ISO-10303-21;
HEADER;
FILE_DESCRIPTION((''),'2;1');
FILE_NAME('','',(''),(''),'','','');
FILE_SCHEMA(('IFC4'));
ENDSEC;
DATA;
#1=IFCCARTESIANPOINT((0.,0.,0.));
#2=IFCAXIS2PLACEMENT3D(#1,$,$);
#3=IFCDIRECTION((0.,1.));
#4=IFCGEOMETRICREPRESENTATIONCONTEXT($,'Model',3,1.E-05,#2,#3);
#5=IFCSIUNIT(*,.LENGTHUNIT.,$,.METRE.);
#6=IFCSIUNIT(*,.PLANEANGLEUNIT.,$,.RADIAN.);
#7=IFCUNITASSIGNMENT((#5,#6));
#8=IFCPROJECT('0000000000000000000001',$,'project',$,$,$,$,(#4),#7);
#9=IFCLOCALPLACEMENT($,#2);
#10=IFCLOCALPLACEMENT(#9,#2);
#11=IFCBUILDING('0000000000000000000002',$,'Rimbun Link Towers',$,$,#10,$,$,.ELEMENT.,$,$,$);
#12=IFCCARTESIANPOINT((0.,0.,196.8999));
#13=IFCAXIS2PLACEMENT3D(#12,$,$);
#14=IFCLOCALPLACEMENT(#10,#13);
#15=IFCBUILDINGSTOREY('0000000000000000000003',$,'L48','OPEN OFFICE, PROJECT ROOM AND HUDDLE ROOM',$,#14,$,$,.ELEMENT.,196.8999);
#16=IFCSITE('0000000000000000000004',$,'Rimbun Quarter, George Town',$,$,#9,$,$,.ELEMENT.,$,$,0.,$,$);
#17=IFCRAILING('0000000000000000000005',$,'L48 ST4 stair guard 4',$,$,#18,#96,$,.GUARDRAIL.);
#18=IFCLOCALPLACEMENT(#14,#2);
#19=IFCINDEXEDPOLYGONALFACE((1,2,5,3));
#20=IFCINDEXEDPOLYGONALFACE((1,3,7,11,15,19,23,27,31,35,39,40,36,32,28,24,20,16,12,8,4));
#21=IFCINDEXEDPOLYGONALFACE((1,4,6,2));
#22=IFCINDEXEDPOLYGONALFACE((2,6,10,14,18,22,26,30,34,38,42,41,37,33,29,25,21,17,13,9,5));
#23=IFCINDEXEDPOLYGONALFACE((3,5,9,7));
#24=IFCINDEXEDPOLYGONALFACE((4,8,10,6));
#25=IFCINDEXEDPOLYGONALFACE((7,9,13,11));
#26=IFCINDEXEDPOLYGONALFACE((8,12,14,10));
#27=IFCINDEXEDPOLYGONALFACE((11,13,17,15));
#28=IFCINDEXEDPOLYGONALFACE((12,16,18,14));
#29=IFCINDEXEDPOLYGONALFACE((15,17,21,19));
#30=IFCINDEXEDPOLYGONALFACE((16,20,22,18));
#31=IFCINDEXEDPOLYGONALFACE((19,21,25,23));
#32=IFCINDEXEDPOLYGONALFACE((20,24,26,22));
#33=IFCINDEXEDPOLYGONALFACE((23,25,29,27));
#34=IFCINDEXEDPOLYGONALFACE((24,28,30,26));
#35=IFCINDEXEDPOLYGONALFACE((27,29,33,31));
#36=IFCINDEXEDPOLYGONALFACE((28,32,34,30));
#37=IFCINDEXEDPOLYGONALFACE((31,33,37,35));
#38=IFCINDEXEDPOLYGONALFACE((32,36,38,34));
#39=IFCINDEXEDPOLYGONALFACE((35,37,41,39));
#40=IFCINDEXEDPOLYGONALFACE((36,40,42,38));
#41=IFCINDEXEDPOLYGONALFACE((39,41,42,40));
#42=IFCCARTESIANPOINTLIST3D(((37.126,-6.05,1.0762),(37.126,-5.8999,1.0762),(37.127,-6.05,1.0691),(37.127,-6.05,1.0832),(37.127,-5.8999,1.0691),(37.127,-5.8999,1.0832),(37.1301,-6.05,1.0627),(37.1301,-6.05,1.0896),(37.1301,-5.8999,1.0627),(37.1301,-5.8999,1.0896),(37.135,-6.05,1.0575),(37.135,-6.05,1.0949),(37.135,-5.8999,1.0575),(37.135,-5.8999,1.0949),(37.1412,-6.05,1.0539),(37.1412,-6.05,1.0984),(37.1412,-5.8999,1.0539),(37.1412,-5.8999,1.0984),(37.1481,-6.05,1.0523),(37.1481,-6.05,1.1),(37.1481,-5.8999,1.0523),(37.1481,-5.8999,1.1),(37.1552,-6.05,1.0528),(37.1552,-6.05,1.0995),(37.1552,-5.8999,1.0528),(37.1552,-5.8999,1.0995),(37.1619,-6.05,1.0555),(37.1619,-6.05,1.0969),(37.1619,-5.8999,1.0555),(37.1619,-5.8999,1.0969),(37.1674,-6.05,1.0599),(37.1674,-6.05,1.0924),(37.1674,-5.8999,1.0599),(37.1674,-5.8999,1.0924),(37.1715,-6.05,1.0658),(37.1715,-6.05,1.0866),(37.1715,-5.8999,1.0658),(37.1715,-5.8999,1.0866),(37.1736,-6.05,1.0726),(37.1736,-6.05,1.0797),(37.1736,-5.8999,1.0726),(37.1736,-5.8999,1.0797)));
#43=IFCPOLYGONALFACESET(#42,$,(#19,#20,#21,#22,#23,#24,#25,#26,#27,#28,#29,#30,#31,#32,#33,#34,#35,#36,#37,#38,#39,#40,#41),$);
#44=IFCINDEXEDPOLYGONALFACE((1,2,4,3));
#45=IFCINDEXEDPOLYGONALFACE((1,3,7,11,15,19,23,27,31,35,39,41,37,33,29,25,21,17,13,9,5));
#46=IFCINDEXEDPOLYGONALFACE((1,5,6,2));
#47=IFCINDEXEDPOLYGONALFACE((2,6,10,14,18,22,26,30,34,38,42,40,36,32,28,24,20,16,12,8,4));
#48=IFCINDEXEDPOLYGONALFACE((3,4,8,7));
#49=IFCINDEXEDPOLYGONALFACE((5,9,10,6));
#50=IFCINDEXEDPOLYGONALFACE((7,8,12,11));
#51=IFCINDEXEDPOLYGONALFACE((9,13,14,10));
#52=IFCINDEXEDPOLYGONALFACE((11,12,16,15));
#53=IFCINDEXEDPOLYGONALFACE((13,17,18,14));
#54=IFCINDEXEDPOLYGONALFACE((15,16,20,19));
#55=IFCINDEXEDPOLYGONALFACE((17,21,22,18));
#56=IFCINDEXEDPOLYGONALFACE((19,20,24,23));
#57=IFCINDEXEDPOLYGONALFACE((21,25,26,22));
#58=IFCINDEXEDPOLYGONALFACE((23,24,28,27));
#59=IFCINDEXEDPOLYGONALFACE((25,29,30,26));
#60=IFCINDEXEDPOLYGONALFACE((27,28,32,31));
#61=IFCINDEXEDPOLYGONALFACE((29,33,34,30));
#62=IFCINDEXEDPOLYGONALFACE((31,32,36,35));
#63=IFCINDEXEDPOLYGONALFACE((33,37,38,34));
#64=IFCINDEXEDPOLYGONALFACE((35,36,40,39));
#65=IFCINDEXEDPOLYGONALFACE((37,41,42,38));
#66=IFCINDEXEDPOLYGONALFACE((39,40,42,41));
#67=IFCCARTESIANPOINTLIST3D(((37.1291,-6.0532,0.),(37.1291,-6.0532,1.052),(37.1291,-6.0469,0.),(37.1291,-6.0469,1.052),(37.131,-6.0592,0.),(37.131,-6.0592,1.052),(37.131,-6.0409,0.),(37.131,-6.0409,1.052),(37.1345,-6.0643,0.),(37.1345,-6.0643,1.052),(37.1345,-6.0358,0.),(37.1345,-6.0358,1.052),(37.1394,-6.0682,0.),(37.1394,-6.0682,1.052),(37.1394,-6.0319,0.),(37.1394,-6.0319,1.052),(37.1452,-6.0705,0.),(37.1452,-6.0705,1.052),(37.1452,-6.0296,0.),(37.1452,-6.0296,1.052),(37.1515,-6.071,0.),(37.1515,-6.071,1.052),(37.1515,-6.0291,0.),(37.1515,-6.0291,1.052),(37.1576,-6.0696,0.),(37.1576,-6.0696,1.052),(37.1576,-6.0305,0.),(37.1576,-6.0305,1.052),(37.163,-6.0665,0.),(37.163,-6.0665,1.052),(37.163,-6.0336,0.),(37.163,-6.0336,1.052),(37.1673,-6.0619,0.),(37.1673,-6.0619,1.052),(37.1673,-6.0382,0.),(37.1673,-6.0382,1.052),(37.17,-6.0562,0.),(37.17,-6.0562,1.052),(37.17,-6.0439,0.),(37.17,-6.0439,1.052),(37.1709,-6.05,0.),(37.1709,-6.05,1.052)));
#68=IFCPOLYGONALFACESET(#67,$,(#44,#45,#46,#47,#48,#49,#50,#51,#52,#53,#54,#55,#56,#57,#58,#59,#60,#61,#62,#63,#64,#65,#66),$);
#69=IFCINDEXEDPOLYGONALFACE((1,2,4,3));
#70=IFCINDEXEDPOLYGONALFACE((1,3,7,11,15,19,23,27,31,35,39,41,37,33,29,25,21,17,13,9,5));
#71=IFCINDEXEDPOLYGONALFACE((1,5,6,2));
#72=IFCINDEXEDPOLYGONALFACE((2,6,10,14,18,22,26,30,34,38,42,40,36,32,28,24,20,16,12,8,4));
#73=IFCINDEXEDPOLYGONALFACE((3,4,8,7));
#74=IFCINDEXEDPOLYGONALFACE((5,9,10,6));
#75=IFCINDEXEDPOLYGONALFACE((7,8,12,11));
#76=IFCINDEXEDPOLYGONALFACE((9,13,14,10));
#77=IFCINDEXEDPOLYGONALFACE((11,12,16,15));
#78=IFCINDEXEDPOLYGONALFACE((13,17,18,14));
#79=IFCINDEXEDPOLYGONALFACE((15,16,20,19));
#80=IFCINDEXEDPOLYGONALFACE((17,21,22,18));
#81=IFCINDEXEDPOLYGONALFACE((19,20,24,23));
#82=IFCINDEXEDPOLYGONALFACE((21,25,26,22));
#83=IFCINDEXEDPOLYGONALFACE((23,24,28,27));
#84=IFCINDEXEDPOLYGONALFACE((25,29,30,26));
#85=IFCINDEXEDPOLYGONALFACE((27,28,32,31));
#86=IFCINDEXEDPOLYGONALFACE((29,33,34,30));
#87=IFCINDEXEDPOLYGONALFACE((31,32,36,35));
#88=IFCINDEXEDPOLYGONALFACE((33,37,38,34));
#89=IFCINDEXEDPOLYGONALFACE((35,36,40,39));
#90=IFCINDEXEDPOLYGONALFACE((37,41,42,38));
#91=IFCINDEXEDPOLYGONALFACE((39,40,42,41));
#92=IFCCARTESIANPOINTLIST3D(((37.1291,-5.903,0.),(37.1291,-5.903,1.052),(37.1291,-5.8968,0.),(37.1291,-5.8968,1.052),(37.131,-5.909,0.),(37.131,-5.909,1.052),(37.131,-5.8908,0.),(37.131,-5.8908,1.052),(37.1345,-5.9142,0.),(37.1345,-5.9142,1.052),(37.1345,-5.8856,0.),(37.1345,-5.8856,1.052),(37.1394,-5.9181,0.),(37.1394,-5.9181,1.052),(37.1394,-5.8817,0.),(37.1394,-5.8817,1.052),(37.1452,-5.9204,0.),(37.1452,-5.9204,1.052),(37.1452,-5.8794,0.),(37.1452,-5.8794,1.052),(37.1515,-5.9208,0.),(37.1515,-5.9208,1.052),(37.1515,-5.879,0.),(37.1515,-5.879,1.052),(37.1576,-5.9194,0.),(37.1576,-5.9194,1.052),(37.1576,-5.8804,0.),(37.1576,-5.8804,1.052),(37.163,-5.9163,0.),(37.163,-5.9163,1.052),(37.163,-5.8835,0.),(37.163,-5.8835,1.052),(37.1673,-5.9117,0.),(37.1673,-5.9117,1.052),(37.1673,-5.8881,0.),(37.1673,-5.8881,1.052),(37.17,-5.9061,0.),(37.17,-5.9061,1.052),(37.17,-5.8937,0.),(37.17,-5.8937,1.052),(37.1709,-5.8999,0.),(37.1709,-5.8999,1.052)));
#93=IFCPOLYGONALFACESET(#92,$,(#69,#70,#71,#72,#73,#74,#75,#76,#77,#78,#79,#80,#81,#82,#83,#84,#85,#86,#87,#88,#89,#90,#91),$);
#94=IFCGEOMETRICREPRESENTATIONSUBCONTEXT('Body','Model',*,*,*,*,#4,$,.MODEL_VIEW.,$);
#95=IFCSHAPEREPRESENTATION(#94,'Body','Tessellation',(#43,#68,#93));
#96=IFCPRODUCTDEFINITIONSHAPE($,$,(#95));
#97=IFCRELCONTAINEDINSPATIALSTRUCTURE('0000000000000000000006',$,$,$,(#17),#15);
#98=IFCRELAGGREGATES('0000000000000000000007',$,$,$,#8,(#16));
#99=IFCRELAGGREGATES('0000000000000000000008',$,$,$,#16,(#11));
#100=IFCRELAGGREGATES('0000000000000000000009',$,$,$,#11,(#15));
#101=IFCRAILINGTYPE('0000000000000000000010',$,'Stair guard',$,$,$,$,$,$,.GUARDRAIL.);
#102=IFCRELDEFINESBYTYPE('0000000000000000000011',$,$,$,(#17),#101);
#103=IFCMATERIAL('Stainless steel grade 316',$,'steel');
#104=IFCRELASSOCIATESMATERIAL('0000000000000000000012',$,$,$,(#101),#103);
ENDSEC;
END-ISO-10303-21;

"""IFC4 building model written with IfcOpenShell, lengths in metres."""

from ifc_helpers import new_model, si_unit, direction, frame, origin, origin_2d, place, context, subcontext, project, spatial, circle, extrude, material, type_object, element, save


model = new_model("IFC4")

# Units and contexts
model_context = context("Model", 3, precision=1e-05, world=origin(), true_north=direction((0.0, 1.0)))
body_context = subcontext(model_context, "Body", "Model", "MODEL_VIEW")
ifc_project = project(units=[si_unit("LENGTHUNIT", "METRE"), si_unit("PLANEANGLEUNIT", "RADIAN")], contexts=[model_context])

# Site, building, storey
site_placement = place(None, origin())
site = spatial("IfcSite", under=ifc_project, at=site_placement, Name="Rimbun Quarter, George Town", CompositionType="ELEMENT", RefElevation=0.0)
building_placement = place(site_placement, origin())
building = spatial("IfcBuilding", under=site, at=building_placement, Name="Rimbun Link Towers", CompositionType="ELEMENT")
storey_placement = place(building_placement, frame((0.0, 0.0, 196.8999)))
storey = spatial("IfcBuildingStorey", under=building, at=storey_placement, Name="L48", Description="OPEN OFFICE, PROJECT ROOM AND HUDDLE ROOM", CompositionType="ELEMENT", Elevation=196.8999)

# Railing
ifc_material_1 = material(Name="Stainless steel grade 316", Category="steel")
railing_type = type_object("IfcRailingType", Name="Stair guard", PredefinedType="GUARDRAIL", material=ifc_material_1)
railing_placement = place(storey_placement, frame((37.1499, -6.05, 0.0)))
element("IfcRailing", 1, at=railing_placement, inside=storey, type_object=railing_type, Name="L48 ST4 stair guard 4", PredefinedType="GUARDRAIL", context=body_context, shape_type="SweptSolid", body=[
    extrude(circle(Radius=0.0239, at=origin_2d()), frame((0.0, 0.0, 1.0762), z_axis=(0.0, 1.0, 0.0), x_axis=(-1.0, 0.0, 0.0)), (0.0, 0.0, 1.0), 0.1501),
    extrude(circle(Radius=0.021, at=origin_2d()), origin(), (0.0, 0.0, 1.0), 1.052),
    extrude(circle(Radius=0.021, at=origin_2d()), frame((0.0, 0.1501, 0.0)), (0.0, 0.0, 1.0), 1.052),
])

save(model, "model.ifc")
